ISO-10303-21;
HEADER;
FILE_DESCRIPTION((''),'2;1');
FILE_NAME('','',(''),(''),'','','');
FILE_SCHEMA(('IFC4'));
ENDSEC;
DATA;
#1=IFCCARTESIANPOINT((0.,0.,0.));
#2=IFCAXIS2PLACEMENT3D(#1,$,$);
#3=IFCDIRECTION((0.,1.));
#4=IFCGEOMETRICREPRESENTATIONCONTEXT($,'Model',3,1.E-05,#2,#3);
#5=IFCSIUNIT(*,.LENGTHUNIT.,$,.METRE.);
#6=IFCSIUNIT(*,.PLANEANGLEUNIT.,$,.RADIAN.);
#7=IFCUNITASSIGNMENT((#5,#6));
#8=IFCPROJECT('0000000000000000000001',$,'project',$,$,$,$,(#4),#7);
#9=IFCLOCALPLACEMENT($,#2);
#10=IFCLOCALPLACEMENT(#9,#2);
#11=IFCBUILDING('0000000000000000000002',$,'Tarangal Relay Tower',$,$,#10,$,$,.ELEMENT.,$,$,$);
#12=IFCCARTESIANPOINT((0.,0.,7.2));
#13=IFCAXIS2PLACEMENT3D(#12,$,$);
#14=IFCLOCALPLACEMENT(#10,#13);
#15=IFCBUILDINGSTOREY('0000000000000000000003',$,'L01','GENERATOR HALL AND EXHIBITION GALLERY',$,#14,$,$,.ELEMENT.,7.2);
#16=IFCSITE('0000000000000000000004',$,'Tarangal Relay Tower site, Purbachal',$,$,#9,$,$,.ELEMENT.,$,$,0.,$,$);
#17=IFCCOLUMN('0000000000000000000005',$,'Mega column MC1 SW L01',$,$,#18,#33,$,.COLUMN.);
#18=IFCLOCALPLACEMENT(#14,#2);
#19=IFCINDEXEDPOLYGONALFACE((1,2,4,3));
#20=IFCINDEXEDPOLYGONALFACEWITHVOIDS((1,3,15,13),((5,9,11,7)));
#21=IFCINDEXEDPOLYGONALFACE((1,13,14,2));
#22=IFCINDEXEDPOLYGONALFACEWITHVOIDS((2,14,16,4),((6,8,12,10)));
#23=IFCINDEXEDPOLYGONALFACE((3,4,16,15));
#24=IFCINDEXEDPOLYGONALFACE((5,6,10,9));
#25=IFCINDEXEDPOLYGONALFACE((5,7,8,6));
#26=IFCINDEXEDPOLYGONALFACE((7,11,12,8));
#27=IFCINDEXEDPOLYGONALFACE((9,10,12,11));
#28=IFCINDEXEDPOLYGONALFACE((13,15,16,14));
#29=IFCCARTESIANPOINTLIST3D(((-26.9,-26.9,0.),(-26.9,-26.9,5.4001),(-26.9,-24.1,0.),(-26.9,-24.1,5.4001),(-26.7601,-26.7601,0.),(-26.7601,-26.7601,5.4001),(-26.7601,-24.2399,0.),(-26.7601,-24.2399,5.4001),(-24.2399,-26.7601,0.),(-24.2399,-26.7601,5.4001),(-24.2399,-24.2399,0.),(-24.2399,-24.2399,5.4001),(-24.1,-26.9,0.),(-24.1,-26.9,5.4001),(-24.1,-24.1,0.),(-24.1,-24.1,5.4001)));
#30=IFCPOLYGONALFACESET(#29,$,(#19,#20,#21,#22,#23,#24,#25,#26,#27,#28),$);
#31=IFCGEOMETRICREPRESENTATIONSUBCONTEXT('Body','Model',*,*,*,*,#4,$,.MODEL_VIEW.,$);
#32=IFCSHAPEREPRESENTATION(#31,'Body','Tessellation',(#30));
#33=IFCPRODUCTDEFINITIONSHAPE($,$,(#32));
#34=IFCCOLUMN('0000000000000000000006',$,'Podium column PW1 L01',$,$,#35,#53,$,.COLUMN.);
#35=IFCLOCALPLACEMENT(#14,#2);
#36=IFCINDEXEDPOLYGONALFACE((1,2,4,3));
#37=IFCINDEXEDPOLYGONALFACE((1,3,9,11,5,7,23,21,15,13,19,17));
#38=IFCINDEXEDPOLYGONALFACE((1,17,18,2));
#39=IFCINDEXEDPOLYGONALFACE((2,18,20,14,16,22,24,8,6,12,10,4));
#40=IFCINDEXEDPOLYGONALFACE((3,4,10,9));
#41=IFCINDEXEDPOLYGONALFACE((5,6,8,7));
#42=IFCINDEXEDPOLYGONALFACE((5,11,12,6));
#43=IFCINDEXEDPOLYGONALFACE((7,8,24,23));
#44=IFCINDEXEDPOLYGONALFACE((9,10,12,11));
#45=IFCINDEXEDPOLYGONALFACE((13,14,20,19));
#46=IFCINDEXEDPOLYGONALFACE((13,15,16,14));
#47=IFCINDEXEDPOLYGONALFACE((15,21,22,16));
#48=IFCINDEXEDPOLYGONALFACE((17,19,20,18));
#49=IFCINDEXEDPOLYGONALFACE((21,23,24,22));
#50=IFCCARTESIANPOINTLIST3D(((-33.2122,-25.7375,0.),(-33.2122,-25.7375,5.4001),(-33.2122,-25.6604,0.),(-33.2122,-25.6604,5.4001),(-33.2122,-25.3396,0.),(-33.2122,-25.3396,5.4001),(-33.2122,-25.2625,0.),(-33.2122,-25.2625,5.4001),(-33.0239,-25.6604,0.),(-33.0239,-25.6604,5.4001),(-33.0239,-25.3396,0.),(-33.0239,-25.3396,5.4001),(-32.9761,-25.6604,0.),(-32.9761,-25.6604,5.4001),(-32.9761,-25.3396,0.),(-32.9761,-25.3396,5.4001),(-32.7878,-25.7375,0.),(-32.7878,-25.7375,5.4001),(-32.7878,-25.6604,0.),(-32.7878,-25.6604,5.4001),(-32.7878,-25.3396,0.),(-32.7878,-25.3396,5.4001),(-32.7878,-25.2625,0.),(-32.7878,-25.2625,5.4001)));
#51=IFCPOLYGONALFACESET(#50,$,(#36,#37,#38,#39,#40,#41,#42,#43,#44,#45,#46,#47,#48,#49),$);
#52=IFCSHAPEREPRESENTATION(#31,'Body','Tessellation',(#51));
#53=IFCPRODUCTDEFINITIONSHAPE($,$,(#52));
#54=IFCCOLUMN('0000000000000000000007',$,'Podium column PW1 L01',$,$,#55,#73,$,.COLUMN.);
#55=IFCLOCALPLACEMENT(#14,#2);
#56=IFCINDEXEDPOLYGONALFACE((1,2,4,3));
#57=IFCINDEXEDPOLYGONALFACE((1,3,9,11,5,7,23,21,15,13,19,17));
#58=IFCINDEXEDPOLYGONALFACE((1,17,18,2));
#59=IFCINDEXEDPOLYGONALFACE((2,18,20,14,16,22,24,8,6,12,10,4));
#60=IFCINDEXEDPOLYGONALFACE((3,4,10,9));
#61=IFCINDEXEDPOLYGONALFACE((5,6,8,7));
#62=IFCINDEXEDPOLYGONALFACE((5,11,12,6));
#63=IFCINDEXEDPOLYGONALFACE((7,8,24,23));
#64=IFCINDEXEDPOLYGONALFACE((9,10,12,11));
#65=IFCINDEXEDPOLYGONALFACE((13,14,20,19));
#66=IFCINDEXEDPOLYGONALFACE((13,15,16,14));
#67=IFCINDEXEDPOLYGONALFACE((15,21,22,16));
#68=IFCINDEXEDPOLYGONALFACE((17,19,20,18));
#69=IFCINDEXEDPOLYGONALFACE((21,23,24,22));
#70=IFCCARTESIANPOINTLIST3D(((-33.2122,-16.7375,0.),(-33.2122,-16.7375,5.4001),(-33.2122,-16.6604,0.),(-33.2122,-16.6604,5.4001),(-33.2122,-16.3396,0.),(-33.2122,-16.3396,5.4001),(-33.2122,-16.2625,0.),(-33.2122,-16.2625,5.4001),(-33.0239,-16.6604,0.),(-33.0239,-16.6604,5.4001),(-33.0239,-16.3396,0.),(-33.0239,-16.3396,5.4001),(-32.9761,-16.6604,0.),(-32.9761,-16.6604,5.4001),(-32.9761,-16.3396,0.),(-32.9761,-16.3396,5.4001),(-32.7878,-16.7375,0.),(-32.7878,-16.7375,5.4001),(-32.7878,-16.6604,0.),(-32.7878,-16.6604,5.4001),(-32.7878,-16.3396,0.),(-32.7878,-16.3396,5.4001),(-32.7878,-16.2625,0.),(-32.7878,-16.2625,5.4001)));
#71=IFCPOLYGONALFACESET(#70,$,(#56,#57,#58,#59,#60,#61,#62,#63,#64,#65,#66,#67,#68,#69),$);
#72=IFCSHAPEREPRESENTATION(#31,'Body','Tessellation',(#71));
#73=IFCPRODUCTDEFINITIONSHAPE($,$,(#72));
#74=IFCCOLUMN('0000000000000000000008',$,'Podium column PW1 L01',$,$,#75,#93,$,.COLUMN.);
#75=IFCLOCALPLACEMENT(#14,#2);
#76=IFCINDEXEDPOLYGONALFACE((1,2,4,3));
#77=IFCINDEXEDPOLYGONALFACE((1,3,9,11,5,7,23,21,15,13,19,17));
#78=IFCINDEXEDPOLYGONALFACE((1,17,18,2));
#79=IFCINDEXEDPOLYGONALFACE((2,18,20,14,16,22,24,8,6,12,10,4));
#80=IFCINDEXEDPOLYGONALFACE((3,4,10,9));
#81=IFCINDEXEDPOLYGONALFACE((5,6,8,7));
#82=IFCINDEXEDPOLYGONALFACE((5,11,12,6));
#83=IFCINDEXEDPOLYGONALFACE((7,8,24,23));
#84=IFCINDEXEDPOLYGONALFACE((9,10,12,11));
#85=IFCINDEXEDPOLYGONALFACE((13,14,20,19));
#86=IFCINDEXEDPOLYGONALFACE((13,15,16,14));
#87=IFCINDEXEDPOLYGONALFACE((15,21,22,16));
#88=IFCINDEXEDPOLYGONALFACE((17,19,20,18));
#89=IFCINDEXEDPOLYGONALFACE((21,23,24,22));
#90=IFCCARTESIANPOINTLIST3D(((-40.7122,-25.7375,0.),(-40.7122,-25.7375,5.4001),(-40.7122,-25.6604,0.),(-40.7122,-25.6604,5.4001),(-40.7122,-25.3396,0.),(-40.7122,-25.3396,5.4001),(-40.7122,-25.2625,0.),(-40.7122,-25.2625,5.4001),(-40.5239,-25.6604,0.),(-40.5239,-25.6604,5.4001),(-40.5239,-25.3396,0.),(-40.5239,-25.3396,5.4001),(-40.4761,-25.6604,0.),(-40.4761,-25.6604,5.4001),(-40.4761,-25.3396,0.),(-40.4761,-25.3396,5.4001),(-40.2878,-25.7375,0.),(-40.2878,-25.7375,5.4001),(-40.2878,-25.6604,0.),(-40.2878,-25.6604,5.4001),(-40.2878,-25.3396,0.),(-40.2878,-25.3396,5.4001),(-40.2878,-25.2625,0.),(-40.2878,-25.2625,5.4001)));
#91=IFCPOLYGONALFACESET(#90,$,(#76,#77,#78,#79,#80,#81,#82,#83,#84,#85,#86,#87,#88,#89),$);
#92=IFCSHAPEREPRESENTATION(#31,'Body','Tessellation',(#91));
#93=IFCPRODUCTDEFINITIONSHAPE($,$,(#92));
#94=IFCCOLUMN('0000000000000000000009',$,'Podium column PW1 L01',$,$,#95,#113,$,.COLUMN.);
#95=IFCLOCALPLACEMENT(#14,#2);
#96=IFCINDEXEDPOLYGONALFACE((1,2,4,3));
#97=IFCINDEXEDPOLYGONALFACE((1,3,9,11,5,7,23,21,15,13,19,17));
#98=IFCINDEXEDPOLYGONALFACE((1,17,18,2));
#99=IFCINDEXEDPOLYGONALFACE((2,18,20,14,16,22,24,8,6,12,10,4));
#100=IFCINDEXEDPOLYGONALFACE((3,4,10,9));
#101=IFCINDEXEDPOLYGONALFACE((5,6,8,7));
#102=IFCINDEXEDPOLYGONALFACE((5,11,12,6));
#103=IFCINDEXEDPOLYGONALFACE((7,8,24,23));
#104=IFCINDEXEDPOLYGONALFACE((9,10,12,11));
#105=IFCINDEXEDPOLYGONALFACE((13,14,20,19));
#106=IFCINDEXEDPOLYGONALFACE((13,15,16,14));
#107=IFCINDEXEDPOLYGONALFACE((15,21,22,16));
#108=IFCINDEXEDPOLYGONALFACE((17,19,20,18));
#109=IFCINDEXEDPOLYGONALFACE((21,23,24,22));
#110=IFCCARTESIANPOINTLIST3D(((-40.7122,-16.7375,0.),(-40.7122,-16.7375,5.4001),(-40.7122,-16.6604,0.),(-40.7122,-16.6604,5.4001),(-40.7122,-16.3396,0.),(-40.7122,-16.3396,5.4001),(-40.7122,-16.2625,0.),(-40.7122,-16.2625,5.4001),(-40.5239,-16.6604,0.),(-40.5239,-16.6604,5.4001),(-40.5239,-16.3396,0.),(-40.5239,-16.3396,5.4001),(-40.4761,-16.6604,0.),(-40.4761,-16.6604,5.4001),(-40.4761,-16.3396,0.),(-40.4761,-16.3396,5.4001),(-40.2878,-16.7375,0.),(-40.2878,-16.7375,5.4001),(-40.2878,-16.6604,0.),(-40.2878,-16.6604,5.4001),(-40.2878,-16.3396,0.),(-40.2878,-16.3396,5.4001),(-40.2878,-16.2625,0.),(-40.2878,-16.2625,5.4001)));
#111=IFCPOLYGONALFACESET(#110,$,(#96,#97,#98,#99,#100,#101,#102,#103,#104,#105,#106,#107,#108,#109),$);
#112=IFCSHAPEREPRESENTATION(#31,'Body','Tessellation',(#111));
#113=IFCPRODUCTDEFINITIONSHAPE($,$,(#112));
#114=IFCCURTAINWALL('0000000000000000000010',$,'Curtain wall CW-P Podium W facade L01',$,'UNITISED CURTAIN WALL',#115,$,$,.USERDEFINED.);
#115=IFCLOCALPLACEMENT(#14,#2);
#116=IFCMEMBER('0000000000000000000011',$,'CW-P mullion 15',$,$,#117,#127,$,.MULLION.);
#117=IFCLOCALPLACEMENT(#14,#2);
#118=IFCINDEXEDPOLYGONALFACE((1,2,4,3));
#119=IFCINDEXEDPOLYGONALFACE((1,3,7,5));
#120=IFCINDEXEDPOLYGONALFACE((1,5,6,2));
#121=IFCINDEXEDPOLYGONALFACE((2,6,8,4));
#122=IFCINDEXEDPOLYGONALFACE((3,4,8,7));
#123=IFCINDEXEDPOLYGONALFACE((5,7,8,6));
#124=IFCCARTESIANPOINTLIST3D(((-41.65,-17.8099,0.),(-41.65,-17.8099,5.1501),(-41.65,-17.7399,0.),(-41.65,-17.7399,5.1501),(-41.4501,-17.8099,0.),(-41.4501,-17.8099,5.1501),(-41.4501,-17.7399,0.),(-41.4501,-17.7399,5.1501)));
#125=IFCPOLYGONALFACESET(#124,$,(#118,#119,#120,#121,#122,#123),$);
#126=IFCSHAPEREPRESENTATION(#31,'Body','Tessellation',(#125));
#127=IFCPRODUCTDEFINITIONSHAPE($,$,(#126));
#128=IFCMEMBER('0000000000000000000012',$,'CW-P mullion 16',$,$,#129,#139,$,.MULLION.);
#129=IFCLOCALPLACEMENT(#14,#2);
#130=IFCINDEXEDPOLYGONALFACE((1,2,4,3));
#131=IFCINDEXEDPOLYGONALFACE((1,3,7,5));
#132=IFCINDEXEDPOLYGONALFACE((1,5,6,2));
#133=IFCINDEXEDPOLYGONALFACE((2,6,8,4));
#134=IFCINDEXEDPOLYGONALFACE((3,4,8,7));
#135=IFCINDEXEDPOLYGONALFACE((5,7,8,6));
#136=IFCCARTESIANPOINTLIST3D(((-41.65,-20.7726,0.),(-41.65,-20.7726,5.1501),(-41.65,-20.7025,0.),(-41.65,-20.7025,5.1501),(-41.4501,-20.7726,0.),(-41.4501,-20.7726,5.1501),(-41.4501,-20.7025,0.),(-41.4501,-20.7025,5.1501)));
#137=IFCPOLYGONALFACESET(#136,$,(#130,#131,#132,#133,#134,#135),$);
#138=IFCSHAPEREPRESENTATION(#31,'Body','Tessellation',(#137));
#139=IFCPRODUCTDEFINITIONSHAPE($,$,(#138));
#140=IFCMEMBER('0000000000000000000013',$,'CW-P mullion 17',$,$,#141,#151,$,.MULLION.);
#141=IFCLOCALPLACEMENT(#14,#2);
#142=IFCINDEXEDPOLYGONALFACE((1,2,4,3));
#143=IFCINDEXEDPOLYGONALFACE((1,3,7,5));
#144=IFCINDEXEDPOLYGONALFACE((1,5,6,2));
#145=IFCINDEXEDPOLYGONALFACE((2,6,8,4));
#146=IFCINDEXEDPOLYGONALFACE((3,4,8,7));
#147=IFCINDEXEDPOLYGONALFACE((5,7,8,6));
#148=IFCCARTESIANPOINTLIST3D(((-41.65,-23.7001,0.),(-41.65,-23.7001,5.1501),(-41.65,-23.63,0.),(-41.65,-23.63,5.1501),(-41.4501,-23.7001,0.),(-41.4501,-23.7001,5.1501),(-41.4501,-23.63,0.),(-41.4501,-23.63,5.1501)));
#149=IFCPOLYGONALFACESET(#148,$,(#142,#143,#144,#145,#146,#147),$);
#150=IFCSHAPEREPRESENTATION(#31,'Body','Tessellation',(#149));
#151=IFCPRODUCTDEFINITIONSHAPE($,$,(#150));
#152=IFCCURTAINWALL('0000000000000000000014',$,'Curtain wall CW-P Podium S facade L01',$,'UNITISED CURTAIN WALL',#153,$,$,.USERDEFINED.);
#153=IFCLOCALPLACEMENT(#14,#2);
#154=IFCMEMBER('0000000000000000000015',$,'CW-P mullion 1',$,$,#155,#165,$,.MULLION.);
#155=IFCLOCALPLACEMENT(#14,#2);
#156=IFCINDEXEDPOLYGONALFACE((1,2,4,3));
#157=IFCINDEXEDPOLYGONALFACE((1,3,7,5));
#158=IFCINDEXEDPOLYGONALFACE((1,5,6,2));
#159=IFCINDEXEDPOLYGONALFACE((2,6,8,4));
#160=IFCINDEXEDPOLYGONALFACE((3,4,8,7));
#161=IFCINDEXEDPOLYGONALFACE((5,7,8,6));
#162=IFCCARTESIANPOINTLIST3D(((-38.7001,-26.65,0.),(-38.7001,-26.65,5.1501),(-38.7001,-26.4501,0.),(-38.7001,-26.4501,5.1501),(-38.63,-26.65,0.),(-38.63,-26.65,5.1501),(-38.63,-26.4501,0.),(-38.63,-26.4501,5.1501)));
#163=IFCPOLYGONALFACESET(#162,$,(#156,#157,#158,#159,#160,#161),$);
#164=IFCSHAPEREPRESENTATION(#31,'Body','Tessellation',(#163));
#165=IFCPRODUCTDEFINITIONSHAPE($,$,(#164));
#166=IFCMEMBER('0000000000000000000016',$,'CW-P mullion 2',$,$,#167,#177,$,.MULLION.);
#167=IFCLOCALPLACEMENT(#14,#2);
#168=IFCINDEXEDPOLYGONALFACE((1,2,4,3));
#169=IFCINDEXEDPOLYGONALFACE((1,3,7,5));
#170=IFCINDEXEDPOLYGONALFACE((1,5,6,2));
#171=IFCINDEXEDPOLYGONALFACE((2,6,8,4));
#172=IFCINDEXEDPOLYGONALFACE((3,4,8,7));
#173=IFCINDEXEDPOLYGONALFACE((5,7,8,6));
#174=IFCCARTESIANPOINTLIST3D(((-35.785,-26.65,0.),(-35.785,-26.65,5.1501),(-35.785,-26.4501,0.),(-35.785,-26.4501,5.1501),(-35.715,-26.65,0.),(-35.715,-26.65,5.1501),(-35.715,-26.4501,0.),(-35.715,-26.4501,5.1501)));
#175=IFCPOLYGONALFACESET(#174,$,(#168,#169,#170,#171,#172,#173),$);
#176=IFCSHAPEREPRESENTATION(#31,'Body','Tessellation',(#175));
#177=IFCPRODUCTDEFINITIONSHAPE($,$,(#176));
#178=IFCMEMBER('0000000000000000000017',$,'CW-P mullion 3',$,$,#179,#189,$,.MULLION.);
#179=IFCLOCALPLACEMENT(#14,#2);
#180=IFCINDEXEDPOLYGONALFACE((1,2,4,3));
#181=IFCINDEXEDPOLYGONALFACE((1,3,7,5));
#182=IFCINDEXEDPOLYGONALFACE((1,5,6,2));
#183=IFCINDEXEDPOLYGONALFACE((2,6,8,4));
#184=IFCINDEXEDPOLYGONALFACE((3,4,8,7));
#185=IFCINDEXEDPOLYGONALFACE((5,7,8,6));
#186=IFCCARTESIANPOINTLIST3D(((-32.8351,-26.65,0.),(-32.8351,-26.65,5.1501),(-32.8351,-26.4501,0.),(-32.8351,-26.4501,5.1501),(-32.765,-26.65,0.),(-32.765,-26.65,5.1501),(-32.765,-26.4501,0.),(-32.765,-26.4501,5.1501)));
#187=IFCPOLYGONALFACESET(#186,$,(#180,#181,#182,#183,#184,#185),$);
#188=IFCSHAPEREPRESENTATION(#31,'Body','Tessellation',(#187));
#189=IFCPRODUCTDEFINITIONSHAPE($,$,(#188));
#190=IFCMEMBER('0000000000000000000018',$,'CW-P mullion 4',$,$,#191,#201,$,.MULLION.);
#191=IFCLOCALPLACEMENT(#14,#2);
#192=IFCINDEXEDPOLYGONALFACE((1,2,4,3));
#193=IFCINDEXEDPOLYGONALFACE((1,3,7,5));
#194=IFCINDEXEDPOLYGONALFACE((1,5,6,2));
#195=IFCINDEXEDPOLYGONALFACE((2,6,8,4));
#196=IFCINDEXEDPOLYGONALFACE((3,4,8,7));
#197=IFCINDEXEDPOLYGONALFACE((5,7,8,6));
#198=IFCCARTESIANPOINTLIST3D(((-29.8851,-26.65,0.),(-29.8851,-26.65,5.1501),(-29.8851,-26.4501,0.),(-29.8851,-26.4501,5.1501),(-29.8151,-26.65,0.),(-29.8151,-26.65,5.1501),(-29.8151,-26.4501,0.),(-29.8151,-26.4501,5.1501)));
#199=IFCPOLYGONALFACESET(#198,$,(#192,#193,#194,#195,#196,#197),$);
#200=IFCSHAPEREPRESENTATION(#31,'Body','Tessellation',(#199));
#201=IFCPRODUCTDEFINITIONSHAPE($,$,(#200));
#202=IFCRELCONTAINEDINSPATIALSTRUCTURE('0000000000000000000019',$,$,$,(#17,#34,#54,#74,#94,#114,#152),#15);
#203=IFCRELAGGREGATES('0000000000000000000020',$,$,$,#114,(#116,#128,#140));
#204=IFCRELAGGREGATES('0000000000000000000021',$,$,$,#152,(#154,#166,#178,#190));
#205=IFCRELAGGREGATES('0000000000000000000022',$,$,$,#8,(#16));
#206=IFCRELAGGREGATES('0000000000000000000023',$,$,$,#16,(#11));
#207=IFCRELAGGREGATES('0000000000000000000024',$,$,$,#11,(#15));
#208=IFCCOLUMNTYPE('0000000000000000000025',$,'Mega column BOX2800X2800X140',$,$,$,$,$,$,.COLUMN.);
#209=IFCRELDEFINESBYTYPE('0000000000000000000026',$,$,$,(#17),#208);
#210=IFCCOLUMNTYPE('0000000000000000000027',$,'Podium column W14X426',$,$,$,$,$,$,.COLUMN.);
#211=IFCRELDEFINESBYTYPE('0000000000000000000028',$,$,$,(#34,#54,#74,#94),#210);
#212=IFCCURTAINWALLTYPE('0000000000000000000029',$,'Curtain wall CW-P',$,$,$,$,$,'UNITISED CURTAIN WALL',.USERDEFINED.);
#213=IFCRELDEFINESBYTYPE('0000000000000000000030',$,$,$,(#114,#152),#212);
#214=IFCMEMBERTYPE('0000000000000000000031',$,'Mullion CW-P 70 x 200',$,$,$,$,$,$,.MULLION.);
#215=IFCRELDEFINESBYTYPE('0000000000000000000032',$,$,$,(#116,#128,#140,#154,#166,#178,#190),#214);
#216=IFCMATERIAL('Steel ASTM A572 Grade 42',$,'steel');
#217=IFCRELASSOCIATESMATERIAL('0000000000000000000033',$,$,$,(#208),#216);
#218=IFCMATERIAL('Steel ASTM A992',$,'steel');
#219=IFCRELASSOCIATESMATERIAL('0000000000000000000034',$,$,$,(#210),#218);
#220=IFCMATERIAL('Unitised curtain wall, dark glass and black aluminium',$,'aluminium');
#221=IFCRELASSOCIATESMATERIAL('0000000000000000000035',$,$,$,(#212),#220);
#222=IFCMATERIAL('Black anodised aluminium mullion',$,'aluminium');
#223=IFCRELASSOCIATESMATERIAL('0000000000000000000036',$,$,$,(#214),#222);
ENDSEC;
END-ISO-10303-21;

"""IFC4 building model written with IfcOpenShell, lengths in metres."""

from ifc_helpers import new_model, si_unit, direction, frame, origin, origin_2d, place, context, subcontext, project, spatial, rectangle, hollow_rectangle, i_section, extrude, material, material_profile, profile_set, type_object, element, aggregate, save


model = new_model("IFC4")

# Units and contexts
model_context = context("Model", 3, precision=1e-05, world=origin(), true_north=direction((0.0, 1.0)))
body_context = subcontext(model_context, "Body", "Model", "MODEL_VIEW")
ifc_project = project(units=[si_unit("LENGTHUNIT", "METRE"), si_unit("PLANEANGLEUNIT", "RADIAN")], contexts=[model_context])

# Site, building, storey
site_placement = place(None, origin())
site = spatial("IfcSite", under=ifc_project, at=site_placement, Name="Tarangal Relay Tower site, Purbachal", CompositionType="ELEMENT", RefElevation=0.0)
building_placement = place(site_placement, origin())
building = spatial("IfcBuilding", under=site, at=building_placement, Name="Tarangal Relay Tower", CompositionType="ELEMENT")
storey_placement = place(building_placement, frame((0.0, 0.0, 7.2)))
storey = spatial("IfcBuildingStorey", under=building, at=storey_placement, Name="L01", Description="GENERATOR HALL AND EXHIBITION GALLERY", CompositionType="ELEMENT", Elevation=7.2)

# Columns
ifc_material_1 = material(Name="Steel ASTM A572 Grade 42", Category="steel")
ifc_material_profile_1 = material_profile(ifc_material_1, hollow_rectangle(XDim=2.8, YDim=2.8, WallThickness=0.1399, at=origin_2d()), Name="BOX2800X2800X140")
ifc_profile_set_1 = profile_set([ifc_material_profile_1], Name="Steel ASTM A572 Grade 42")
column_type_1 = type_object("IfcColumnType", Name="Mega column BOX2800X2800X140", PredefinedType="COLUMN", material=ifc_profile_set_1)
column_placement = place(storey_placement, frame((-25.5, -25.5, 0.0), z_axis=(0.0, 0.0, 1.0), x_axis=(1.0, 0.0, 0.0)))
element("IfcColumn", 1, at=column_placement, inside=storey, type_object=column_type_1, Name="Mega column MC1 SW L01", PredefinedType="COLUMN", context=body_context, shape_type="SweptSolid", body=[
    extrude(hollow_rectangle(XDim=2.8, YDim=2.8, WallThickness=0.1399, at=origin_2d()), origin(), (0.0, 0.0, 1.0), 5.4001),
])
ifc_material_2 = material(Name="Steel ASTM A992", Category="steel")
ifc_material_profile_2 = material_profile(ifc_material_2, i_section(OverallWidth=0.4243, OverallDepth=0.4751, WebThickness=0.0479, FlangeThickness=0.0771, at=origin_2d()), Name="W14X426")
ifc_profile_set_2 = profile_set([ifc_material_profile_2], Name="Steel ASTM A992")
column_type_2 = type_object("IfcColumnType", Name="Podium column W14X426", PredefinedType="COLUMN", material=ifc_profile_set_2)
for number, where, z_axis, x_axis, name in (
    (2, (-33.0, -25.5, 0.0), (0.0, 0.0, 1.0), (1.0, 0.0, 0.0), "Podium column PW1 L01"),
    (3, (-33.0, -16.5, 0.0), (0.0, 0.0, 1.0), (1.0, 0.0, 0.0), "Podium column PW1 L01"),
    (4, (-40.5, -25.5, 0.0), (0.0, 0.0, 1.0), (1.0, 0.0, 0.0), "Podium column PW1 L01"),
    (5, (-40.5, -16.5, 0.0), (0.0, 0.0, 1.0), (1.0, 0.0, 0.0), "Podium column PW1 L01"),
):
    element("IfcColumn", number, at=place(storey_placement, frame(where, z_axis=z_axis, x_axis=x_axis)), inside=storey, type_object=column_type_2, Name=name, PredefinedType="COLUMN", context=body_context, shape_type="SweptSolid", body=[
        extrude(i_section(OverallWidth=0.4243, OverallDepth=0.4751, WebThickness=0.0479, FlangeThickness=0.0771, at=origin_2d()), origin(), (0.0, 0.0, 1.0), 5.4001),
    ])

# Curtain walls, members
ifc_material_3 = material(Name="Unitised curtain wall, dark glass and black aluminium", Category="aluminium")
curtain_wall_type = type_object("IfcCurtainWallType", Name="Curtain wall CW-P", ElementType="UNITISED CURTAIN WALL", PredefinedType="USERDEFINED", material=ifc_material_3)
curtain_wall_1_placement = place(storey_placement, origin())
curtain_wall_1 = element("IfcCurtainWall", 6, at=curtain_wall_1_placement, inside=storey, type_object=curtain_wall_type, Name="Curtain wall CW-P Podium W facade L01", ObjectType="UNITISED CURTAIN WALL", PredefinedType="USERDEFINED")
ifc_material_4 = material(Name="Black anodised aluminium mullion", Category="aluminium")
ifc_material_profile_3 = material_profile(ifc_material_4, rectangle(XDim=0.2, YDim=0.0701, at=origin_2d()), Name="CW-PM 70X200")
ifc_profile_set_3 = profile_set([ifc_material_profile_3], Name="Black anodised aluminium mullion")
member_type_1 = type_object("IfcMemberType", Name="Mullion CW-P 70 x 200", PredefinedType="MULLION", material=ifc_profile_set_3)
member_1_placement = place(storey_placement, frame((-41.55, -17.7749, 0.0), z_axis=(0.0, 0.0, 1.0), x_axis=(1.0, 0.0, 0.0)))
member_1 = element("IfcMember", 7, at=member_1_placement, type_object=member_type_1, Name="CW-P mullion 15", PredefinedType="MULLION", context=body_context, shape_type="SweptSolid", body=[
    extrude(rectangle(XDim=0.2, YDim=0.0701, at=origin_2d()), origin(), (0.0, 0.0, 1.0), 5.1501),
])
member_2_placement = place(storey_placement, frame((-41.55, -20.7375, 0.0), z_axis=(0.0, 0.0, 1.0), x_axis=(1.0, 0.0, 0.0)))
member_2 = element("IfcMember", 8, at=member_2_placement, type_object=member_type_1, Name="CW-P mullion 16", PredefinedType="MULLION", context=body_context, shape_type="SweptSolid", body=[
    extrude(rectangle(XDim=0.2, YDim=0.0701, at=origin_2d()), origin(), (0.0, 0.0, 1.0), 5.1501),
])
member_3_placement = place(storey_placement, frame((-41.55, -23.665, 0.0), z_axis=(0.0, 0.0, 1.0), x_axis=(1.0, 0.0, 0.0)))
member_3 = element("IfcMember", 9, at=member_3_placement, type_object=member_type_1, Name="CW-P mullion 17", PredefinedType="MULLION", context=body_context, shape_type="SweptSolid", body=[
    extrude(rectangle(XDim=0.2, YDim=0.0701, at=origin_2d()), origin(), (0.0, 0.0, 1.0), 5.1501),
])
curtain_wall_2_placement = place(storey_placement, origin())
curtain_wall_2 = element("IfcCurtainWall", 10, at=curtain_wall_2_placement, inside=storey, type_object=curtain_wall_type, Name="Curtain wall CW-P Podium S facade L01", ObjectType="UNITISED CURTAIN WALL", PredefinedType="USERDEFINED")
member_4_placement = place(storey_placement, frame((-38.665, -26.55, 0.0), z_axis=(0.0, 0.0, 1.0), x_axis=(0.0, 1.0, 0.0)))
member_4 = element("IfcMember", 11, at=member_4_placement, type_object=member_type_1, Name="CW-P mullion 1", PredefinedType="MULLION", context=body_context, shape_type="SweptSolid", body=[
    extrude(rectangle(XDim=0.2, YDim=0.0701, at=origin_2d()), origin(), (0.0, 0.0, 1.0), 5.1501),
])
member_5_placement = place(storey_placement, frame((-35.75, -26.55, 0.0), z_axis=(0.0, 0.0, 1.0), x_axis=(0.0, 1.0, 0.0)))
member_5 = element("IfcMember", 12, at=member_5_placement, type_object=member_type_1, Name="CW-P mullion 2", PredefinedType="MULLION", context=body_context, shape_type="SweptSolid", body=[
    extrude(rectangle(XDim=0.2, YDim=0.0701, at=origin_2d()), origin(), (0.0, 0.0, 1.0), 5.1501),
])
member_6_placement = place(storey_placement, frame((-32.8, -26.55, 0.0), z_axis=(0.0, 0.0, 1.0), x_axis=(0.0, 1.0, 0.0)))
member_6 = element("IfcMember", 13, at=member_6_placement, type_object=member_type_1, Name="CW-P mullion 3", PredefinedType="MULLION", context=body_context, shape_type="SweptSolid", body=[
    extrude(rectangle(XDim=0.2, YDim=0.0701, at=origin_2d()), origin(), (0.0, 0.0, 1.0), 5.1501),
])
member_7_placement = place(storey_placement, frame((-29.8501, -26.55, 0.0), z_axis=(0.0, 0.0, 1.0), x_axis=(0.0, 1.0, 0.0)))
member_7 = element("IfcMember", 14, at=member_7_placement, type_object=member_type_1, Name="CW-P mullion 4", PredefinedType="MULLION", context=body_context, shape_type="SweptSolid", body=[
    extrude(rectangle(XDim=0.2, YDim=0.0701, at=origin_2d()), origin(), (0.0, 0.0, 1.0), 5.1501),
])

aggregate(curtain_wall_1, [member_1, member_2, member_3])
aggregate(curtain_wall_2, [member_4, member_5, member_6, member_7])

save(model, "model.ifc")
